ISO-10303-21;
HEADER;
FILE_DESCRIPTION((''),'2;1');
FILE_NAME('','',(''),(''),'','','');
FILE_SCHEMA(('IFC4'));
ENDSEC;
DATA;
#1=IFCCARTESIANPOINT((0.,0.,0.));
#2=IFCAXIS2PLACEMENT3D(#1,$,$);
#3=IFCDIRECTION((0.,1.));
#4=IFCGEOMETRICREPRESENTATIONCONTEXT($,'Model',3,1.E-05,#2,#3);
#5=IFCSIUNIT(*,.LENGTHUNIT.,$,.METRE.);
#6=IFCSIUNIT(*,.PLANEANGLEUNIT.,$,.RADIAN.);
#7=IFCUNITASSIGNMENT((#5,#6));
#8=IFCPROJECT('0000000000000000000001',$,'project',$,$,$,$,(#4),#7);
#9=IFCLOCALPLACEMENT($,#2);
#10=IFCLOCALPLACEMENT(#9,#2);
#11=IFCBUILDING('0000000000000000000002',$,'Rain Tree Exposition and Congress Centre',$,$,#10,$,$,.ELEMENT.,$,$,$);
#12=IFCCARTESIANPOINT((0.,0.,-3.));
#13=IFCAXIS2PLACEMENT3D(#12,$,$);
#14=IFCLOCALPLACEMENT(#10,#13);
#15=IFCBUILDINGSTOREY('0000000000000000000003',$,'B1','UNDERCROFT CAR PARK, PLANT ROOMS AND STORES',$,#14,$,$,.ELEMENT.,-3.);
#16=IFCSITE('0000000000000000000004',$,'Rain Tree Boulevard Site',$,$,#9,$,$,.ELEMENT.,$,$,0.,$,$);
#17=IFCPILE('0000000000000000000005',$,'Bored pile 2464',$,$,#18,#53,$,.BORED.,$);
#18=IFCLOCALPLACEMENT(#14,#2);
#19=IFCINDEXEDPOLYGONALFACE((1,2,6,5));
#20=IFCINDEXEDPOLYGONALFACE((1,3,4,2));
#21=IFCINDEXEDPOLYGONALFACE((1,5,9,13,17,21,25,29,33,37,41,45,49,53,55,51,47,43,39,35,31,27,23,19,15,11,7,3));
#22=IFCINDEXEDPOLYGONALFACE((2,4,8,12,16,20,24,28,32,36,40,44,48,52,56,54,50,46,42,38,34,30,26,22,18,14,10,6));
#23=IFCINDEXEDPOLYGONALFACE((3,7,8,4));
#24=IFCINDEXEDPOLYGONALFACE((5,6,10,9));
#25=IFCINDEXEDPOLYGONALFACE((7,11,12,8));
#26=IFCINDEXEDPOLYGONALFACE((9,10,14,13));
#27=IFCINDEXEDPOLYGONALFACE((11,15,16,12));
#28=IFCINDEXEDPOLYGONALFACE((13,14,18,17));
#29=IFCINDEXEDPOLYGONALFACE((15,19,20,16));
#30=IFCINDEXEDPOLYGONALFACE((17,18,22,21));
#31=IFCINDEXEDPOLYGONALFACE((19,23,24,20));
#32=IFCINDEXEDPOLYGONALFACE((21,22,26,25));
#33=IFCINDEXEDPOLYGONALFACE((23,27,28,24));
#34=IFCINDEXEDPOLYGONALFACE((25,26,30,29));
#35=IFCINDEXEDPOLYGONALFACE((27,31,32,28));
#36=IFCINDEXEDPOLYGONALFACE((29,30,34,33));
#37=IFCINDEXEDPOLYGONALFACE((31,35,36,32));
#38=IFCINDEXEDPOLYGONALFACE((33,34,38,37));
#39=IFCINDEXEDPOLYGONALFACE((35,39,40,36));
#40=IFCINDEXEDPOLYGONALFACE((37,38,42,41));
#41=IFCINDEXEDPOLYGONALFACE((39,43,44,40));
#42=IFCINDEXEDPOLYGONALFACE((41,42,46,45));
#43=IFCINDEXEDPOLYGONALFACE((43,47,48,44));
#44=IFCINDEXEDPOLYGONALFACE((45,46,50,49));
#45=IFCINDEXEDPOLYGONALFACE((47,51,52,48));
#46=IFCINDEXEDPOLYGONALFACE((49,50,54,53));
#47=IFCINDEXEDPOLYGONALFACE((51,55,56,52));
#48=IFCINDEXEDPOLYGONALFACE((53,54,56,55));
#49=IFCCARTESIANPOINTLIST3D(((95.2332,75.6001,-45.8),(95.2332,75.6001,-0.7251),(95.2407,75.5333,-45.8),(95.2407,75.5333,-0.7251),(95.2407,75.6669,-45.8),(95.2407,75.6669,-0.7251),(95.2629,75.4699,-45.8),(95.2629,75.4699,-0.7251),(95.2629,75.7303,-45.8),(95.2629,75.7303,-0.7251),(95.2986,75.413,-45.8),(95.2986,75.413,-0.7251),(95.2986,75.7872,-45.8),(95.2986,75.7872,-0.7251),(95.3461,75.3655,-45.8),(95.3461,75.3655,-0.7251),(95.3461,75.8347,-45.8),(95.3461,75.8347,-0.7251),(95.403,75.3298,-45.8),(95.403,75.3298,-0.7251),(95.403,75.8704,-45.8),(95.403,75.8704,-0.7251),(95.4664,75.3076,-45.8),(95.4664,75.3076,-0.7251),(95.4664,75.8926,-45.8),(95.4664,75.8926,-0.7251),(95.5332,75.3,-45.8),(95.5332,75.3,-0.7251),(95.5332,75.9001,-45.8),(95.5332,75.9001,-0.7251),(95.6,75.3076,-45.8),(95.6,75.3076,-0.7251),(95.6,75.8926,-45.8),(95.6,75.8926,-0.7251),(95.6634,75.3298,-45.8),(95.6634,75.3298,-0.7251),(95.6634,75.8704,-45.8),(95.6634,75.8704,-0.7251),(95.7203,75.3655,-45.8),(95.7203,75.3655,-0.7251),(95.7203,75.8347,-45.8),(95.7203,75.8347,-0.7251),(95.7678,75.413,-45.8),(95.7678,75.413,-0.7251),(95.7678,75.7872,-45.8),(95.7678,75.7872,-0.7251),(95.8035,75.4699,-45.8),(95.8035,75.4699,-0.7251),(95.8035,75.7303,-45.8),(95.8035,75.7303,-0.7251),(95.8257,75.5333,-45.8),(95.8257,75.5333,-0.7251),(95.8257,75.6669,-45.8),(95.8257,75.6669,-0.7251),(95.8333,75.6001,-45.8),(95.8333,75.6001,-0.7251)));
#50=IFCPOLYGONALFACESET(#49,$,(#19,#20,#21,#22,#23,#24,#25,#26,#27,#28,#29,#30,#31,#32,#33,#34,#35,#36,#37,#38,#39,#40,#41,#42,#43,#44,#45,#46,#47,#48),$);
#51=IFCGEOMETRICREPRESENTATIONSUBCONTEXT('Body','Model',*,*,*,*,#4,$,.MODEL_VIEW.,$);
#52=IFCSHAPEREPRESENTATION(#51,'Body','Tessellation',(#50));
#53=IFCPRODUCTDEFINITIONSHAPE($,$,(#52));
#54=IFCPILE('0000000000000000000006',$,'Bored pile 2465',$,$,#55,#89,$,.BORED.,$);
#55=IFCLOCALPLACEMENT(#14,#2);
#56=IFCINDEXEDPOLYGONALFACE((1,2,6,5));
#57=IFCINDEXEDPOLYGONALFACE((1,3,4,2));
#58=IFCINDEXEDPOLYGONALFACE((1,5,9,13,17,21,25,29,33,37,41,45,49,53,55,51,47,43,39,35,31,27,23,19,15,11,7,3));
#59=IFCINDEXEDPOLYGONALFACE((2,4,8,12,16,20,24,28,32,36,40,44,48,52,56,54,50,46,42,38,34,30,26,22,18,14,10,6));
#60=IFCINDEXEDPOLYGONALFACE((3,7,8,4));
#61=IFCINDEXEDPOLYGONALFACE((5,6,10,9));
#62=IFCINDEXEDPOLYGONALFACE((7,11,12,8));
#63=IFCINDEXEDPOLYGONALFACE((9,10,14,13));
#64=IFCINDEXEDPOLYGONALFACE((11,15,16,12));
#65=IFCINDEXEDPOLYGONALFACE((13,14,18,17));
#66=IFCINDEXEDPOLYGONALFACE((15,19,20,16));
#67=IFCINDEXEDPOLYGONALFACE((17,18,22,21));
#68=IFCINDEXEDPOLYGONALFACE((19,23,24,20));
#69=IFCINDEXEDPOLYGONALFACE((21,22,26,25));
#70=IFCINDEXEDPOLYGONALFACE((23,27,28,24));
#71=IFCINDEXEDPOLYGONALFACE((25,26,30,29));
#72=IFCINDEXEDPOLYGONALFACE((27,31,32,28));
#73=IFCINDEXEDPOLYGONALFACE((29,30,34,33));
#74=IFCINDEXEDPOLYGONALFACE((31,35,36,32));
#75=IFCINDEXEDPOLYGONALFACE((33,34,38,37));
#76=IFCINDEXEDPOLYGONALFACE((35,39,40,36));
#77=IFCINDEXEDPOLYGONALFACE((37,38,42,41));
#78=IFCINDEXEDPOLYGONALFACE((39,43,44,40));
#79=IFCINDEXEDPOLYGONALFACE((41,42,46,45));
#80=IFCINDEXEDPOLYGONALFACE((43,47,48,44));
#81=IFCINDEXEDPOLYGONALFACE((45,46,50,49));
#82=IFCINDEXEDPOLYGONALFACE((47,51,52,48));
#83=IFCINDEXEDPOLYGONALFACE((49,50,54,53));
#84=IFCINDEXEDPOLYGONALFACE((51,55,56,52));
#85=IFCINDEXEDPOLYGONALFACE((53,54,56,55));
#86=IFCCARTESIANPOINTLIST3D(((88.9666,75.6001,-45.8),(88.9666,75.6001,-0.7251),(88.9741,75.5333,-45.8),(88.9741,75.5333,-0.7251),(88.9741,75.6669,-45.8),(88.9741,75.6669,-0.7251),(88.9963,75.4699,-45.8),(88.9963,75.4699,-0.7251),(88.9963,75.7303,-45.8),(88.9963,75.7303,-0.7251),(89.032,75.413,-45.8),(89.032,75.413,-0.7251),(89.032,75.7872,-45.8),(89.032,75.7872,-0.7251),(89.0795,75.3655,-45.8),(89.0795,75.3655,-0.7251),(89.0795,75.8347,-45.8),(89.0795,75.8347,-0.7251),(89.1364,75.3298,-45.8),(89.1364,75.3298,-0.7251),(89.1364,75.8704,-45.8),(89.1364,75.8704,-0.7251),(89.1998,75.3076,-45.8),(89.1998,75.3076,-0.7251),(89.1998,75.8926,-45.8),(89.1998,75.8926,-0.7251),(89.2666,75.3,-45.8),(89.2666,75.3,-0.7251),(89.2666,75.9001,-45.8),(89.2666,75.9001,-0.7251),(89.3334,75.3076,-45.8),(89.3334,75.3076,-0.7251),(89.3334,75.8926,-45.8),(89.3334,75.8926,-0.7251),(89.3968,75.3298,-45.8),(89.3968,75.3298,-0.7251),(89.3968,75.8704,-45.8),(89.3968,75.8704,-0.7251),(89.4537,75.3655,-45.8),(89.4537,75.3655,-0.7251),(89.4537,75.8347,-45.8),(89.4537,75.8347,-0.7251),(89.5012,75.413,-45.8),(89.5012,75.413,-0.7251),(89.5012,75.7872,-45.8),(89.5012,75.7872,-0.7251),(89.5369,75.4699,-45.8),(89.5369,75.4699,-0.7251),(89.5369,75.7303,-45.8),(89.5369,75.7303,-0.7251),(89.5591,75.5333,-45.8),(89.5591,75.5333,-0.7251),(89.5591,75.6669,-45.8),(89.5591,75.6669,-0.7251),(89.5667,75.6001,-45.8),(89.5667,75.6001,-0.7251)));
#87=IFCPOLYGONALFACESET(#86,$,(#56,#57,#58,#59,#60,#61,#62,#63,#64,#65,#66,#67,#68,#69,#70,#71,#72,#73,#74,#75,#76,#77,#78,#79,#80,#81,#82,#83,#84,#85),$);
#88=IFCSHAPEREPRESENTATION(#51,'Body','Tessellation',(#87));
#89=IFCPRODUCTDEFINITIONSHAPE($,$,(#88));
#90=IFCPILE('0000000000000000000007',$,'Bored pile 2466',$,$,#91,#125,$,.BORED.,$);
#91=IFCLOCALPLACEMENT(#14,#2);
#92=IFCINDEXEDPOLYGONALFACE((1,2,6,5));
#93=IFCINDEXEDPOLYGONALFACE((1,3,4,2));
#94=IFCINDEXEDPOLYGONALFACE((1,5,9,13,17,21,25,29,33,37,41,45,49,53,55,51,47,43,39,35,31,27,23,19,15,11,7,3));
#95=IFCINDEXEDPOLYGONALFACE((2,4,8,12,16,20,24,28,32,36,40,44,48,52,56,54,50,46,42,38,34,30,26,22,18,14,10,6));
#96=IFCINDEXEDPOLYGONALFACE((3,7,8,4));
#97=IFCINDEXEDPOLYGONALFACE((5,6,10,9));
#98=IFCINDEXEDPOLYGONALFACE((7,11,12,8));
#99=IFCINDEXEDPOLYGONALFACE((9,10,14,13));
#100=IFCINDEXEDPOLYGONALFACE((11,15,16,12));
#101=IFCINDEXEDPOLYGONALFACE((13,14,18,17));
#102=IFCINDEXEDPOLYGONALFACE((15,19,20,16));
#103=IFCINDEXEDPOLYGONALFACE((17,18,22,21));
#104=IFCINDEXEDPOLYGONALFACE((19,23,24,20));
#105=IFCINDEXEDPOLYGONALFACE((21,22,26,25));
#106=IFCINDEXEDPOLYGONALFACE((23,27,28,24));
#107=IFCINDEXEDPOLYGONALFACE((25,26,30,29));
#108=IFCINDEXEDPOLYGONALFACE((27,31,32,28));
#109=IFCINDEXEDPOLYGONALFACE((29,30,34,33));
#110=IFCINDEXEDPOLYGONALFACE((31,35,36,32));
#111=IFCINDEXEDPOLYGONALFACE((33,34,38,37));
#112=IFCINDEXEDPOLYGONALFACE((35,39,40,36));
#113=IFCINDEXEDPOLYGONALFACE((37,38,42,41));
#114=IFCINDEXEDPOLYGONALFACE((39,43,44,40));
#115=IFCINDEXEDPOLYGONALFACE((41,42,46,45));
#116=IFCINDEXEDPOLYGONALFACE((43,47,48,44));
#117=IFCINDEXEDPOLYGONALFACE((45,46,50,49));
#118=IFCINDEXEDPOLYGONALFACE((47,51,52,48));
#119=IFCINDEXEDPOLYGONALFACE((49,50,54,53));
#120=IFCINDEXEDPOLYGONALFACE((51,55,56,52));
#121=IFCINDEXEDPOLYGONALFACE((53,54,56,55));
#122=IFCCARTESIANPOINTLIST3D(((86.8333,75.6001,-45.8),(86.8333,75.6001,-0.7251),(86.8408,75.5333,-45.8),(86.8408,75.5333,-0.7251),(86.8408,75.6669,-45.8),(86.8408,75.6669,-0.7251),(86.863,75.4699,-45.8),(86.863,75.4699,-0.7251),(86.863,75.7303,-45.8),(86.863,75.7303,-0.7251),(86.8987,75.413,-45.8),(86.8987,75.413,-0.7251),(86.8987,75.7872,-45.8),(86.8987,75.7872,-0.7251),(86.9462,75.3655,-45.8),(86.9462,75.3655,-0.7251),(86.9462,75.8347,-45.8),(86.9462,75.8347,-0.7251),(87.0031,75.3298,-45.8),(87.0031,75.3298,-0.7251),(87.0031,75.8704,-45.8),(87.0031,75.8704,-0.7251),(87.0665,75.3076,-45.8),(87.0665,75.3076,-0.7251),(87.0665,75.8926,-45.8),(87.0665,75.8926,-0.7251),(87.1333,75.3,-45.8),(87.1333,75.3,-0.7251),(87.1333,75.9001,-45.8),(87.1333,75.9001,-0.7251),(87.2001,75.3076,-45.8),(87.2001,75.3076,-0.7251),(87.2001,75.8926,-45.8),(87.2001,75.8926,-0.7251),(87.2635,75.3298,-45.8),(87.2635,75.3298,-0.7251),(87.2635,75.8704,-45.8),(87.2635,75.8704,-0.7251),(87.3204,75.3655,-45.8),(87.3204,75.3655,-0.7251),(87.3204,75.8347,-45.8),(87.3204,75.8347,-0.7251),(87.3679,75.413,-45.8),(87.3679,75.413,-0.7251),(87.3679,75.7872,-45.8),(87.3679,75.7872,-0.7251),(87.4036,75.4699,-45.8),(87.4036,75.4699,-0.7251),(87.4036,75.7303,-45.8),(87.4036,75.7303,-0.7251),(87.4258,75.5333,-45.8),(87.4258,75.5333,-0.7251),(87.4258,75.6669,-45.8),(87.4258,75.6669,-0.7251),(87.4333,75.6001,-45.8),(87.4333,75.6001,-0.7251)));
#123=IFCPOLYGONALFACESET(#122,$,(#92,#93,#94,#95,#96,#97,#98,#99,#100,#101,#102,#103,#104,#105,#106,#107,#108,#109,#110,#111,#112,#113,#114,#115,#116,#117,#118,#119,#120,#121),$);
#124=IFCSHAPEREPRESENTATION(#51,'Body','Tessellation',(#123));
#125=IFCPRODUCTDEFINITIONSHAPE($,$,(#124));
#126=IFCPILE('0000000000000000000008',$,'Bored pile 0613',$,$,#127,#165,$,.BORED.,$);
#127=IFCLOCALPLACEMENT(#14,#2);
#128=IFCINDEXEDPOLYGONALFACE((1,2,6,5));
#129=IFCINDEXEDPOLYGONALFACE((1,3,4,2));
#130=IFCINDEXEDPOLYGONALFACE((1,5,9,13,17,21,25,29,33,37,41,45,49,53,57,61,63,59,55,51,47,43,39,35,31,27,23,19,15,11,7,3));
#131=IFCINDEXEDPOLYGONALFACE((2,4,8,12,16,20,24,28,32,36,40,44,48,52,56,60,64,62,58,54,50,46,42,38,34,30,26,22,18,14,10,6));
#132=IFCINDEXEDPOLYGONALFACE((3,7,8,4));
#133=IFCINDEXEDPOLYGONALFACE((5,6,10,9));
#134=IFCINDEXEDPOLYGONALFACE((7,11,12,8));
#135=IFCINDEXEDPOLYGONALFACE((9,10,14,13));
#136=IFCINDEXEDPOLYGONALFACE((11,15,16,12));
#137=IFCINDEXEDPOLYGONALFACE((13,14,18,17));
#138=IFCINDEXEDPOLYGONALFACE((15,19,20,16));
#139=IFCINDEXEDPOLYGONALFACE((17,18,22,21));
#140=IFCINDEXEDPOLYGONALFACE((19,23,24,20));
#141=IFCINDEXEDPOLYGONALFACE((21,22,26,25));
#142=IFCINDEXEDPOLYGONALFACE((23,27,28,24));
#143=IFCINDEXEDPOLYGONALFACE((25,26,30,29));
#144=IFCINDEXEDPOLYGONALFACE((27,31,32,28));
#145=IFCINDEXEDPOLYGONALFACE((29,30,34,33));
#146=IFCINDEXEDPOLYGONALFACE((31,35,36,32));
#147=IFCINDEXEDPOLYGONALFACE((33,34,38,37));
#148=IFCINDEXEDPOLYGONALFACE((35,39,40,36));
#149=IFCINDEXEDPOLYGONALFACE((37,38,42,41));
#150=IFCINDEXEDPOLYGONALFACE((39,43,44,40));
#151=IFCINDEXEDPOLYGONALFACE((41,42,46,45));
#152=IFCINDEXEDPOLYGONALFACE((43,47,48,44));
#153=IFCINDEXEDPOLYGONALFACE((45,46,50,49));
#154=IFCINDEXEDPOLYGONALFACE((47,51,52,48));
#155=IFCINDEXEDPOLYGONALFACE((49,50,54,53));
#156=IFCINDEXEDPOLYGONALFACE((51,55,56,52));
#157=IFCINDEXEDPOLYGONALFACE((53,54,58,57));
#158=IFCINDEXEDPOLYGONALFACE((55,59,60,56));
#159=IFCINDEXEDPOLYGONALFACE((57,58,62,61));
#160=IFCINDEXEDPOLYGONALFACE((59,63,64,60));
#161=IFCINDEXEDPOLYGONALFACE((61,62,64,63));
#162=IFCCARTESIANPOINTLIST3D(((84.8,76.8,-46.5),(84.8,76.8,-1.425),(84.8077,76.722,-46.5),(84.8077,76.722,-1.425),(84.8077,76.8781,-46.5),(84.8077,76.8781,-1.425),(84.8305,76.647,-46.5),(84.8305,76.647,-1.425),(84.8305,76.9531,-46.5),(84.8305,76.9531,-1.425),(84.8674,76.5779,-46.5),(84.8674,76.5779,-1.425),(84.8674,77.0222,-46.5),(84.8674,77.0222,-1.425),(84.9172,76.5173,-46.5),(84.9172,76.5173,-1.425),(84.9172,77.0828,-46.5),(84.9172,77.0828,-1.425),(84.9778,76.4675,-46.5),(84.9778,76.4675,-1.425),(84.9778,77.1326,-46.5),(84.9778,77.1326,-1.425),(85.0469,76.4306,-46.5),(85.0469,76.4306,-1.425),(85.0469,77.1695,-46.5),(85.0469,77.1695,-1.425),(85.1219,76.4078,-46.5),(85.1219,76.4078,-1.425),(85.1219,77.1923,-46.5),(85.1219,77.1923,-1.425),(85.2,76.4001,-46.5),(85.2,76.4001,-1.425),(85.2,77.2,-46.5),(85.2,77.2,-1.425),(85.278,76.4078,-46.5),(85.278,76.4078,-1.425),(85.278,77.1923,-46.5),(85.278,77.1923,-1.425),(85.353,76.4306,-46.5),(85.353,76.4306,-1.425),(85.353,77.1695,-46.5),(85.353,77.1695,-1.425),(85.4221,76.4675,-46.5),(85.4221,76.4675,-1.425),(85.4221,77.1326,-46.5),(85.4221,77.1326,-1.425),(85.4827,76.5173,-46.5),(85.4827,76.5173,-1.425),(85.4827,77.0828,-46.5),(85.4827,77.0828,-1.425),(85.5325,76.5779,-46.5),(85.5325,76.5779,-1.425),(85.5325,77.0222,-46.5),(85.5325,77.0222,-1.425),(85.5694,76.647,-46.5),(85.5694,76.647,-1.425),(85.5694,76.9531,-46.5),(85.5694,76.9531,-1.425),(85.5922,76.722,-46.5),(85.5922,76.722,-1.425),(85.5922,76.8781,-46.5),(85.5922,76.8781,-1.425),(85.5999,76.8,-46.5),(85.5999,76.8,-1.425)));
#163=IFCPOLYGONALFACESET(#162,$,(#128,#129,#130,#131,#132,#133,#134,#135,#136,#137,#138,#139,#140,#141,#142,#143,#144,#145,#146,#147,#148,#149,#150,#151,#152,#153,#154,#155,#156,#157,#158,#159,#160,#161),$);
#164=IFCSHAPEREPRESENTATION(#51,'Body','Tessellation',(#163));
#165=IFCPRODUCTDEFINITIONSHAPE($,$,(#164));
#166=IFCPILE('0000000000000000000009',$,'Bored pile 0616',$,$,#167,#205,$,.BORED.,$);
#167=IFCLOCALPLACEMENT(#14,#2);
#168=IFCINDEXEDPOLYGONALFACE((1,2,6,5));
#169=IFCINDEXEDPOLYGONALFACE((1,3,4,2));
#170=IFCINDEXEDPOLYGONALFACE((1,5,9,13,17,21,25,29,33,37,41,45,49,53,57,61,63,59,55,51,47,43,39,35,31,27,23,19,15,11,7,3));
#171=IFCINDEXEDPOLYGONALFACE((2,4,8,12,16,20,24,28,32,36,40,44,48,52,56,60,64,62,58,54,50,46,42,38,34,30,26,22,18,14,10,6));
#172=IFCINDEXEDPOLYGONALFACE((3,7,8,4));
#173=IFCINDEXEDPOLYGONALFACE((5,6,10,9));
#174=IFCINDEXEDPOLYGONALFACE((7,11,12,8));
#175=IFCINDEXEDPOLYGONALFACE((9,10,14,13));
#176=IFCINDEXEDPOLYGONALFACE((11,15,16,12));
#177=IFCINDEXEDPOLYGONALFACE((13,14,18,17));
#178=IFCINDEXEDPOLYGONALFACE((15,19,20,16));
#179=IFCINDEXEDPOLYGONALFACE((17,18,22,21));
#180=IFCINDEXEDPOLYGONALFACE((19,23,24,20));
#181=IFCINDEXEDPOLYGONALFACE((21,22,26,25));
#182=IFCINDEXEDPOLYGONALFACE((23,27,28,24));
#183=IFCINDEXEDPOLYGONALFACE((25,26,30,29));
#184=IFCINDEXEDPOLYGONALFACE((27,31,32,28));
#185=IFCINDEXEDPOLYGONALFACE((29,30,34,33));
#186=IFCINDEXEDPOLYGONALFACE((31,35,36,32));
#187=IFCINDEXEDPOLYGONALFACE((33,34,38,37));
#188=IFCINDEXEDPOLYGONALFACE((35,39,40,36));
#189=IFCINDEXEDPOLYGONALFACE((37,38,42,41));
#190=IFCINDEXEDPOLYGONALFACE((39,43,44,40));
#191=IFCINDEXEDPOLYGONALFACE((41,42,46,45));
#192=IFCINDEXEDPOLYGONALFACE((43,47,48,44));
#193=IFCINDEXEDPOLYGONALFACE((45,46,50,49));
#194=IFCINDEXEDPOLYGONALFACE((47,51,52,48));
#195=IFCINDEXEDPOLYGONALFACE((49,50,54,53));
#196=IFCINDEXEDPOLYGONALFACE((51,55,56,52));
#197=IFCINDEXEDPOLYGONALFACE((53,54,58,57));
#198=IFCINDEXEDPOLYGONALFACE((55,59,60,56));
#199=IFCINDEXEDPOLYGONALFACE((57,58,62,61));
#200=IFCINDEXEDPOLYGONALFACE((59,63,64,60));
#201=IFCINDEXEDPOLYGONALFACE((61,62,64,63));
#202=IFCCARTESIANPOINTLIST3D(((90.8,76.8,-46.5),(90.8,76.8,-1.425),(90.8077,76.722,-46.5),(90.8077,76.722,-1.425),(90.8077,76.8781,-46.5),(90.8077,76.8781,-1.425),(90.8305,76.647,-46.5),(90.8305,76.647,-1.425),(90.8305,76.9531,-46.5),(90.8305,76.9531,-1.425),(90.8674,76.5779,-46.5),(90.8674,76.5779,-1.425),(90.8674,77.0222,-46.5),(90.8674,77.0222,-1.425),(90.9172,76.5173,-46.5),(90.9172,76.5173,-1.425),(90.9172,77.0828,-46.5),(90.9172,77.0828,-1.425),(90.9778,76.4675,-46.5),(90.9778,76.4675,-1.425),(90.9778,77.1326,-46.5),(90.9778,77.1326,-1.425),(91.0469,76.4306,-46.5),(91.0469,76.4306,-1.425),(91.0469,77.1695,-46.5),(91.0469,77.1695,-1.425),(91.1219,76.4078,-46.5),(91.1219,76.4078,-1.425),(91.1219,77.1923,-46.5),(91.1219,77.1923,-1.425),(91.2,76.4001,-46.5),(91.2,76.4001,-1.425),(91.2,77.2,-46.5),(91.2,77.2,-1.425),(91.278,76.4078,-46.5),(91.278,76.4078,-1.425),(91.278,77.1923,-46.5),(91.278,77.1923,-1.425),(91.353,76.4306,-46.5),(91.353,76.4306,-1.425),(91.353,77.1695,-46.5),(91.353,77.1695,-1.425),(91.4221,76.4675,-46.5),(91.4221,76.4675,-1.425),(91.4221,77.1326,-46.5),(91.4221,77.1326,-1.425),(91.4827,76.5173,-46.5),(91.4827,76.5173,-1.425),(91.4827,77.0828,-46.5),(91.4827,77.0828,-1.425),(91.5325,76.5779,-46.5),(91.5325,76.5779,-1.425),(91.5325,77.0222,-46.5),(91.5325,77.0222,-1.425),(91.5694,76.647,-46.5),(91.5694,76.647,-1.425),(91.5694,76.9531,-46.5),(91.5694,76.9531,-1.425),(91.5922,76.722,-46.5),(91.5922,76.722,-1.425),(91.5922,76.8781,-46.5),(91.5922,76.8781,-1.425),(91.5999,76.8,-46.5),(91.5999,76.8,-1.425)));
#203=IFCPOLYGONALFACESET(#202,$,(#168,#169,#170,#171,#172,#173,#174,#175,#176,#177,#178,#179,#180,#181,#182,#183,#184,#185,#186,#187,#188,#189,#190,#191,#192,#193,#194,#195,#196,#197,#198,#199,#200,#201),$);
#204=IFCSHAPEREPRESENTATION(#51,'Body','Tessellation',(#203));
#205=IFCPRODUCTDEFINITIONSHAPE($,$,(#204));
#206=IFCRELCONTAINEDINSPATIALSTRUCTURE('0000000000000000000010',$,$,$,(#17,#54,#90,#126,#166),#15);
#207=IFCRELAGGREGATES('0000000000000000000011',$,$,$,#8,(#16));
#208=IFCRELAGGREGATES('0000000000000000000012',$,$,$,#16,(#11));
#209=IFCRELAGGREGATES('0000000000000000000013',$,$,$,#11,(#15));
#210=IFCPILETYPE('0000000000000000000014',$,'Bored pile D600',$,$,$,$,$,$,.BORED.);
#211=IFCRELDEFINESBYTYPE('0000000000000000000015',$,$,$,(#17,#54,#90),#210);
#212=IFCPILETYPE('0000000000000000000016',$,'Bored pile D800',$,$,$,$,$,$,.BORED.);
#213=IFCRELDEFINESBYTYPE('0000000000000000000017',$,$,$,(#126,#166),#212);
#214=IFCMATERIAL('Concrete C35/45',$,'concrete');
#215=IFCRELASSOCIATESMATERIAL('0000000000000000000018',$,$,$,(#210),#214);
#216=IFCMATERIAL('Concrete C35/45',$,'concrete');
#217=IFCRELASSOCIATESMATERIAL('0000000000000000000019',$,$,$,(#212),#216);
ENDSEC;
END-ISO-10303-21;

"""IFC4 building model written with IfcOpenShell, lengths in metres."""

from ifc_helpers import new_model, si_unit, direction, frame, origin, origin_2d, place, context, subcontext, project, spatial, circle, extrude, material, material_profile, profile_set, type_object, element, save


model = new_model("IFC4")

# Units and contexts
model_context = context("Model", 3, precision=1e-05, world=origin(), true_north=direction((0.0, 1.0)))
body_context = subcontext(model_context, "Body", "Model", "MODEL_VIEW")
ifc_project = project(units=[si_unit("LENGTHUNIT", "METRE"), si_unit("PLANEANGLEUNIT", "RADIAN")], contexts=[model_context])

# Site, building, storey
site_placement = place(None, origin())
site = spatial("IfcSite", under=ifc_project, at=site_placement, Name="Rain Tree Boulevard Site", CompositionType="ELEMENT", RefElevation=0.0)
building_placement = place(site_placement, origin())
building = spatial("IfcBuilding", under=site, at=building_placement, Name="Rain Tree Exposition and Congress Centre", CompositionType="ELEMENT")
storey_placement = place(building_placement, frame((0.0, 0.0, -3.0)))
storey = spatial("IfcBuildingStorey", under=building, at=storey_placement, Name="B1", Description="UNDERCROFT CAR PARK, PLANT ROOMS AND STORES", CompositionType="ELEMENT", Elevation=-3.0)

# Piles
ifc_material_1 = material(Name="Concrete C35/45", Category="concrete")
ifc_material_profile_1 = material_profile(ifc_material_1, circle(Radius=0.3, at=origin_2d()), Name="D600")
ifc_profile_set_1 = profile_set([ifc_material_profile_1], Name="Concrete C35/45")
pile_type_1 = type_object("IfcPileType", Name="Bored pile D600", PredefinedType="BORED", material=ifc_profile_set_1)
for number, where, z_axis, x_axis, name in (
    (1, (95.5332, 75.6001, -0.7251), (0.0, 0.0, -1.0), (1.0, 0.0, 0.0), "Bored pile 2464"),
    (2, (89.2666, 75.6001, -0.7251), (0.0, 0.0, -1.0), (1.0, 0.0, 0.0), "Bored pile 2465"),
    (3, (87.1333, 75.6001, -0.7251), (0.0, 0.0, -1.0), (1.0, 0.0, 0.0), "Bored pile 2466"),
):
    element("IfcPile", number, at=place(storey_placement, frame(where, z_axis=z_axis, x_axis=x_axis)), inside=storey, type_object=pile_type_1, Name=name, PredefinedType="BORED", context=body_context, shape_type="SweptSolid", body=[
        extrude(circle(Radius=0.3, at=origin_2d()), origin(), (0.0, 0.0, 1.0), 45.075),
    ])
ifc_material_2 = material(Name="Concrete C35/45", Category="concrete")
ifc_material_profile_2 = material_profile(ifc_material_2, circle(Radius=0.3999, at=origin_2d()), Name="D800")
ifc_profile_set_2 = profile_set([ifc_material_profile_2], Name="Concrete C35/45")
pile_type_2 = type_object("IfcPileType", Name="Bored pile D800", PredefinedType="BORED", material=ifc_profile_set_2)
for number, where, z_axis, x_axis, name in (
    (4, (85.2, 76.8, -1.425), (0.0, 0.0, -1.0), (1.0, 0.0, 0.0), "Bored pile 0613"),
    (5, (91.2, 76.8, -1.425), (0.0, 0.0, -1.0), (1.0, 0.0, 0.0), "Bored pile 0616"),
):
    element("IfcPile", number, at=place(storey_placement, frame(where, z_axis=z_axis, x_axis=x_axis)), inside=storey, type_object=pile_type_2, Name=name, PredefinedType="BORED", context=body_context, shape_type="SweptSolid", body=[
        extrude(circle(Radius=0.3999, at=origin_2d()), origin(), (0.0, 0.0, 1.0), 45.075),
    ])

save(model, "model.ifc")
